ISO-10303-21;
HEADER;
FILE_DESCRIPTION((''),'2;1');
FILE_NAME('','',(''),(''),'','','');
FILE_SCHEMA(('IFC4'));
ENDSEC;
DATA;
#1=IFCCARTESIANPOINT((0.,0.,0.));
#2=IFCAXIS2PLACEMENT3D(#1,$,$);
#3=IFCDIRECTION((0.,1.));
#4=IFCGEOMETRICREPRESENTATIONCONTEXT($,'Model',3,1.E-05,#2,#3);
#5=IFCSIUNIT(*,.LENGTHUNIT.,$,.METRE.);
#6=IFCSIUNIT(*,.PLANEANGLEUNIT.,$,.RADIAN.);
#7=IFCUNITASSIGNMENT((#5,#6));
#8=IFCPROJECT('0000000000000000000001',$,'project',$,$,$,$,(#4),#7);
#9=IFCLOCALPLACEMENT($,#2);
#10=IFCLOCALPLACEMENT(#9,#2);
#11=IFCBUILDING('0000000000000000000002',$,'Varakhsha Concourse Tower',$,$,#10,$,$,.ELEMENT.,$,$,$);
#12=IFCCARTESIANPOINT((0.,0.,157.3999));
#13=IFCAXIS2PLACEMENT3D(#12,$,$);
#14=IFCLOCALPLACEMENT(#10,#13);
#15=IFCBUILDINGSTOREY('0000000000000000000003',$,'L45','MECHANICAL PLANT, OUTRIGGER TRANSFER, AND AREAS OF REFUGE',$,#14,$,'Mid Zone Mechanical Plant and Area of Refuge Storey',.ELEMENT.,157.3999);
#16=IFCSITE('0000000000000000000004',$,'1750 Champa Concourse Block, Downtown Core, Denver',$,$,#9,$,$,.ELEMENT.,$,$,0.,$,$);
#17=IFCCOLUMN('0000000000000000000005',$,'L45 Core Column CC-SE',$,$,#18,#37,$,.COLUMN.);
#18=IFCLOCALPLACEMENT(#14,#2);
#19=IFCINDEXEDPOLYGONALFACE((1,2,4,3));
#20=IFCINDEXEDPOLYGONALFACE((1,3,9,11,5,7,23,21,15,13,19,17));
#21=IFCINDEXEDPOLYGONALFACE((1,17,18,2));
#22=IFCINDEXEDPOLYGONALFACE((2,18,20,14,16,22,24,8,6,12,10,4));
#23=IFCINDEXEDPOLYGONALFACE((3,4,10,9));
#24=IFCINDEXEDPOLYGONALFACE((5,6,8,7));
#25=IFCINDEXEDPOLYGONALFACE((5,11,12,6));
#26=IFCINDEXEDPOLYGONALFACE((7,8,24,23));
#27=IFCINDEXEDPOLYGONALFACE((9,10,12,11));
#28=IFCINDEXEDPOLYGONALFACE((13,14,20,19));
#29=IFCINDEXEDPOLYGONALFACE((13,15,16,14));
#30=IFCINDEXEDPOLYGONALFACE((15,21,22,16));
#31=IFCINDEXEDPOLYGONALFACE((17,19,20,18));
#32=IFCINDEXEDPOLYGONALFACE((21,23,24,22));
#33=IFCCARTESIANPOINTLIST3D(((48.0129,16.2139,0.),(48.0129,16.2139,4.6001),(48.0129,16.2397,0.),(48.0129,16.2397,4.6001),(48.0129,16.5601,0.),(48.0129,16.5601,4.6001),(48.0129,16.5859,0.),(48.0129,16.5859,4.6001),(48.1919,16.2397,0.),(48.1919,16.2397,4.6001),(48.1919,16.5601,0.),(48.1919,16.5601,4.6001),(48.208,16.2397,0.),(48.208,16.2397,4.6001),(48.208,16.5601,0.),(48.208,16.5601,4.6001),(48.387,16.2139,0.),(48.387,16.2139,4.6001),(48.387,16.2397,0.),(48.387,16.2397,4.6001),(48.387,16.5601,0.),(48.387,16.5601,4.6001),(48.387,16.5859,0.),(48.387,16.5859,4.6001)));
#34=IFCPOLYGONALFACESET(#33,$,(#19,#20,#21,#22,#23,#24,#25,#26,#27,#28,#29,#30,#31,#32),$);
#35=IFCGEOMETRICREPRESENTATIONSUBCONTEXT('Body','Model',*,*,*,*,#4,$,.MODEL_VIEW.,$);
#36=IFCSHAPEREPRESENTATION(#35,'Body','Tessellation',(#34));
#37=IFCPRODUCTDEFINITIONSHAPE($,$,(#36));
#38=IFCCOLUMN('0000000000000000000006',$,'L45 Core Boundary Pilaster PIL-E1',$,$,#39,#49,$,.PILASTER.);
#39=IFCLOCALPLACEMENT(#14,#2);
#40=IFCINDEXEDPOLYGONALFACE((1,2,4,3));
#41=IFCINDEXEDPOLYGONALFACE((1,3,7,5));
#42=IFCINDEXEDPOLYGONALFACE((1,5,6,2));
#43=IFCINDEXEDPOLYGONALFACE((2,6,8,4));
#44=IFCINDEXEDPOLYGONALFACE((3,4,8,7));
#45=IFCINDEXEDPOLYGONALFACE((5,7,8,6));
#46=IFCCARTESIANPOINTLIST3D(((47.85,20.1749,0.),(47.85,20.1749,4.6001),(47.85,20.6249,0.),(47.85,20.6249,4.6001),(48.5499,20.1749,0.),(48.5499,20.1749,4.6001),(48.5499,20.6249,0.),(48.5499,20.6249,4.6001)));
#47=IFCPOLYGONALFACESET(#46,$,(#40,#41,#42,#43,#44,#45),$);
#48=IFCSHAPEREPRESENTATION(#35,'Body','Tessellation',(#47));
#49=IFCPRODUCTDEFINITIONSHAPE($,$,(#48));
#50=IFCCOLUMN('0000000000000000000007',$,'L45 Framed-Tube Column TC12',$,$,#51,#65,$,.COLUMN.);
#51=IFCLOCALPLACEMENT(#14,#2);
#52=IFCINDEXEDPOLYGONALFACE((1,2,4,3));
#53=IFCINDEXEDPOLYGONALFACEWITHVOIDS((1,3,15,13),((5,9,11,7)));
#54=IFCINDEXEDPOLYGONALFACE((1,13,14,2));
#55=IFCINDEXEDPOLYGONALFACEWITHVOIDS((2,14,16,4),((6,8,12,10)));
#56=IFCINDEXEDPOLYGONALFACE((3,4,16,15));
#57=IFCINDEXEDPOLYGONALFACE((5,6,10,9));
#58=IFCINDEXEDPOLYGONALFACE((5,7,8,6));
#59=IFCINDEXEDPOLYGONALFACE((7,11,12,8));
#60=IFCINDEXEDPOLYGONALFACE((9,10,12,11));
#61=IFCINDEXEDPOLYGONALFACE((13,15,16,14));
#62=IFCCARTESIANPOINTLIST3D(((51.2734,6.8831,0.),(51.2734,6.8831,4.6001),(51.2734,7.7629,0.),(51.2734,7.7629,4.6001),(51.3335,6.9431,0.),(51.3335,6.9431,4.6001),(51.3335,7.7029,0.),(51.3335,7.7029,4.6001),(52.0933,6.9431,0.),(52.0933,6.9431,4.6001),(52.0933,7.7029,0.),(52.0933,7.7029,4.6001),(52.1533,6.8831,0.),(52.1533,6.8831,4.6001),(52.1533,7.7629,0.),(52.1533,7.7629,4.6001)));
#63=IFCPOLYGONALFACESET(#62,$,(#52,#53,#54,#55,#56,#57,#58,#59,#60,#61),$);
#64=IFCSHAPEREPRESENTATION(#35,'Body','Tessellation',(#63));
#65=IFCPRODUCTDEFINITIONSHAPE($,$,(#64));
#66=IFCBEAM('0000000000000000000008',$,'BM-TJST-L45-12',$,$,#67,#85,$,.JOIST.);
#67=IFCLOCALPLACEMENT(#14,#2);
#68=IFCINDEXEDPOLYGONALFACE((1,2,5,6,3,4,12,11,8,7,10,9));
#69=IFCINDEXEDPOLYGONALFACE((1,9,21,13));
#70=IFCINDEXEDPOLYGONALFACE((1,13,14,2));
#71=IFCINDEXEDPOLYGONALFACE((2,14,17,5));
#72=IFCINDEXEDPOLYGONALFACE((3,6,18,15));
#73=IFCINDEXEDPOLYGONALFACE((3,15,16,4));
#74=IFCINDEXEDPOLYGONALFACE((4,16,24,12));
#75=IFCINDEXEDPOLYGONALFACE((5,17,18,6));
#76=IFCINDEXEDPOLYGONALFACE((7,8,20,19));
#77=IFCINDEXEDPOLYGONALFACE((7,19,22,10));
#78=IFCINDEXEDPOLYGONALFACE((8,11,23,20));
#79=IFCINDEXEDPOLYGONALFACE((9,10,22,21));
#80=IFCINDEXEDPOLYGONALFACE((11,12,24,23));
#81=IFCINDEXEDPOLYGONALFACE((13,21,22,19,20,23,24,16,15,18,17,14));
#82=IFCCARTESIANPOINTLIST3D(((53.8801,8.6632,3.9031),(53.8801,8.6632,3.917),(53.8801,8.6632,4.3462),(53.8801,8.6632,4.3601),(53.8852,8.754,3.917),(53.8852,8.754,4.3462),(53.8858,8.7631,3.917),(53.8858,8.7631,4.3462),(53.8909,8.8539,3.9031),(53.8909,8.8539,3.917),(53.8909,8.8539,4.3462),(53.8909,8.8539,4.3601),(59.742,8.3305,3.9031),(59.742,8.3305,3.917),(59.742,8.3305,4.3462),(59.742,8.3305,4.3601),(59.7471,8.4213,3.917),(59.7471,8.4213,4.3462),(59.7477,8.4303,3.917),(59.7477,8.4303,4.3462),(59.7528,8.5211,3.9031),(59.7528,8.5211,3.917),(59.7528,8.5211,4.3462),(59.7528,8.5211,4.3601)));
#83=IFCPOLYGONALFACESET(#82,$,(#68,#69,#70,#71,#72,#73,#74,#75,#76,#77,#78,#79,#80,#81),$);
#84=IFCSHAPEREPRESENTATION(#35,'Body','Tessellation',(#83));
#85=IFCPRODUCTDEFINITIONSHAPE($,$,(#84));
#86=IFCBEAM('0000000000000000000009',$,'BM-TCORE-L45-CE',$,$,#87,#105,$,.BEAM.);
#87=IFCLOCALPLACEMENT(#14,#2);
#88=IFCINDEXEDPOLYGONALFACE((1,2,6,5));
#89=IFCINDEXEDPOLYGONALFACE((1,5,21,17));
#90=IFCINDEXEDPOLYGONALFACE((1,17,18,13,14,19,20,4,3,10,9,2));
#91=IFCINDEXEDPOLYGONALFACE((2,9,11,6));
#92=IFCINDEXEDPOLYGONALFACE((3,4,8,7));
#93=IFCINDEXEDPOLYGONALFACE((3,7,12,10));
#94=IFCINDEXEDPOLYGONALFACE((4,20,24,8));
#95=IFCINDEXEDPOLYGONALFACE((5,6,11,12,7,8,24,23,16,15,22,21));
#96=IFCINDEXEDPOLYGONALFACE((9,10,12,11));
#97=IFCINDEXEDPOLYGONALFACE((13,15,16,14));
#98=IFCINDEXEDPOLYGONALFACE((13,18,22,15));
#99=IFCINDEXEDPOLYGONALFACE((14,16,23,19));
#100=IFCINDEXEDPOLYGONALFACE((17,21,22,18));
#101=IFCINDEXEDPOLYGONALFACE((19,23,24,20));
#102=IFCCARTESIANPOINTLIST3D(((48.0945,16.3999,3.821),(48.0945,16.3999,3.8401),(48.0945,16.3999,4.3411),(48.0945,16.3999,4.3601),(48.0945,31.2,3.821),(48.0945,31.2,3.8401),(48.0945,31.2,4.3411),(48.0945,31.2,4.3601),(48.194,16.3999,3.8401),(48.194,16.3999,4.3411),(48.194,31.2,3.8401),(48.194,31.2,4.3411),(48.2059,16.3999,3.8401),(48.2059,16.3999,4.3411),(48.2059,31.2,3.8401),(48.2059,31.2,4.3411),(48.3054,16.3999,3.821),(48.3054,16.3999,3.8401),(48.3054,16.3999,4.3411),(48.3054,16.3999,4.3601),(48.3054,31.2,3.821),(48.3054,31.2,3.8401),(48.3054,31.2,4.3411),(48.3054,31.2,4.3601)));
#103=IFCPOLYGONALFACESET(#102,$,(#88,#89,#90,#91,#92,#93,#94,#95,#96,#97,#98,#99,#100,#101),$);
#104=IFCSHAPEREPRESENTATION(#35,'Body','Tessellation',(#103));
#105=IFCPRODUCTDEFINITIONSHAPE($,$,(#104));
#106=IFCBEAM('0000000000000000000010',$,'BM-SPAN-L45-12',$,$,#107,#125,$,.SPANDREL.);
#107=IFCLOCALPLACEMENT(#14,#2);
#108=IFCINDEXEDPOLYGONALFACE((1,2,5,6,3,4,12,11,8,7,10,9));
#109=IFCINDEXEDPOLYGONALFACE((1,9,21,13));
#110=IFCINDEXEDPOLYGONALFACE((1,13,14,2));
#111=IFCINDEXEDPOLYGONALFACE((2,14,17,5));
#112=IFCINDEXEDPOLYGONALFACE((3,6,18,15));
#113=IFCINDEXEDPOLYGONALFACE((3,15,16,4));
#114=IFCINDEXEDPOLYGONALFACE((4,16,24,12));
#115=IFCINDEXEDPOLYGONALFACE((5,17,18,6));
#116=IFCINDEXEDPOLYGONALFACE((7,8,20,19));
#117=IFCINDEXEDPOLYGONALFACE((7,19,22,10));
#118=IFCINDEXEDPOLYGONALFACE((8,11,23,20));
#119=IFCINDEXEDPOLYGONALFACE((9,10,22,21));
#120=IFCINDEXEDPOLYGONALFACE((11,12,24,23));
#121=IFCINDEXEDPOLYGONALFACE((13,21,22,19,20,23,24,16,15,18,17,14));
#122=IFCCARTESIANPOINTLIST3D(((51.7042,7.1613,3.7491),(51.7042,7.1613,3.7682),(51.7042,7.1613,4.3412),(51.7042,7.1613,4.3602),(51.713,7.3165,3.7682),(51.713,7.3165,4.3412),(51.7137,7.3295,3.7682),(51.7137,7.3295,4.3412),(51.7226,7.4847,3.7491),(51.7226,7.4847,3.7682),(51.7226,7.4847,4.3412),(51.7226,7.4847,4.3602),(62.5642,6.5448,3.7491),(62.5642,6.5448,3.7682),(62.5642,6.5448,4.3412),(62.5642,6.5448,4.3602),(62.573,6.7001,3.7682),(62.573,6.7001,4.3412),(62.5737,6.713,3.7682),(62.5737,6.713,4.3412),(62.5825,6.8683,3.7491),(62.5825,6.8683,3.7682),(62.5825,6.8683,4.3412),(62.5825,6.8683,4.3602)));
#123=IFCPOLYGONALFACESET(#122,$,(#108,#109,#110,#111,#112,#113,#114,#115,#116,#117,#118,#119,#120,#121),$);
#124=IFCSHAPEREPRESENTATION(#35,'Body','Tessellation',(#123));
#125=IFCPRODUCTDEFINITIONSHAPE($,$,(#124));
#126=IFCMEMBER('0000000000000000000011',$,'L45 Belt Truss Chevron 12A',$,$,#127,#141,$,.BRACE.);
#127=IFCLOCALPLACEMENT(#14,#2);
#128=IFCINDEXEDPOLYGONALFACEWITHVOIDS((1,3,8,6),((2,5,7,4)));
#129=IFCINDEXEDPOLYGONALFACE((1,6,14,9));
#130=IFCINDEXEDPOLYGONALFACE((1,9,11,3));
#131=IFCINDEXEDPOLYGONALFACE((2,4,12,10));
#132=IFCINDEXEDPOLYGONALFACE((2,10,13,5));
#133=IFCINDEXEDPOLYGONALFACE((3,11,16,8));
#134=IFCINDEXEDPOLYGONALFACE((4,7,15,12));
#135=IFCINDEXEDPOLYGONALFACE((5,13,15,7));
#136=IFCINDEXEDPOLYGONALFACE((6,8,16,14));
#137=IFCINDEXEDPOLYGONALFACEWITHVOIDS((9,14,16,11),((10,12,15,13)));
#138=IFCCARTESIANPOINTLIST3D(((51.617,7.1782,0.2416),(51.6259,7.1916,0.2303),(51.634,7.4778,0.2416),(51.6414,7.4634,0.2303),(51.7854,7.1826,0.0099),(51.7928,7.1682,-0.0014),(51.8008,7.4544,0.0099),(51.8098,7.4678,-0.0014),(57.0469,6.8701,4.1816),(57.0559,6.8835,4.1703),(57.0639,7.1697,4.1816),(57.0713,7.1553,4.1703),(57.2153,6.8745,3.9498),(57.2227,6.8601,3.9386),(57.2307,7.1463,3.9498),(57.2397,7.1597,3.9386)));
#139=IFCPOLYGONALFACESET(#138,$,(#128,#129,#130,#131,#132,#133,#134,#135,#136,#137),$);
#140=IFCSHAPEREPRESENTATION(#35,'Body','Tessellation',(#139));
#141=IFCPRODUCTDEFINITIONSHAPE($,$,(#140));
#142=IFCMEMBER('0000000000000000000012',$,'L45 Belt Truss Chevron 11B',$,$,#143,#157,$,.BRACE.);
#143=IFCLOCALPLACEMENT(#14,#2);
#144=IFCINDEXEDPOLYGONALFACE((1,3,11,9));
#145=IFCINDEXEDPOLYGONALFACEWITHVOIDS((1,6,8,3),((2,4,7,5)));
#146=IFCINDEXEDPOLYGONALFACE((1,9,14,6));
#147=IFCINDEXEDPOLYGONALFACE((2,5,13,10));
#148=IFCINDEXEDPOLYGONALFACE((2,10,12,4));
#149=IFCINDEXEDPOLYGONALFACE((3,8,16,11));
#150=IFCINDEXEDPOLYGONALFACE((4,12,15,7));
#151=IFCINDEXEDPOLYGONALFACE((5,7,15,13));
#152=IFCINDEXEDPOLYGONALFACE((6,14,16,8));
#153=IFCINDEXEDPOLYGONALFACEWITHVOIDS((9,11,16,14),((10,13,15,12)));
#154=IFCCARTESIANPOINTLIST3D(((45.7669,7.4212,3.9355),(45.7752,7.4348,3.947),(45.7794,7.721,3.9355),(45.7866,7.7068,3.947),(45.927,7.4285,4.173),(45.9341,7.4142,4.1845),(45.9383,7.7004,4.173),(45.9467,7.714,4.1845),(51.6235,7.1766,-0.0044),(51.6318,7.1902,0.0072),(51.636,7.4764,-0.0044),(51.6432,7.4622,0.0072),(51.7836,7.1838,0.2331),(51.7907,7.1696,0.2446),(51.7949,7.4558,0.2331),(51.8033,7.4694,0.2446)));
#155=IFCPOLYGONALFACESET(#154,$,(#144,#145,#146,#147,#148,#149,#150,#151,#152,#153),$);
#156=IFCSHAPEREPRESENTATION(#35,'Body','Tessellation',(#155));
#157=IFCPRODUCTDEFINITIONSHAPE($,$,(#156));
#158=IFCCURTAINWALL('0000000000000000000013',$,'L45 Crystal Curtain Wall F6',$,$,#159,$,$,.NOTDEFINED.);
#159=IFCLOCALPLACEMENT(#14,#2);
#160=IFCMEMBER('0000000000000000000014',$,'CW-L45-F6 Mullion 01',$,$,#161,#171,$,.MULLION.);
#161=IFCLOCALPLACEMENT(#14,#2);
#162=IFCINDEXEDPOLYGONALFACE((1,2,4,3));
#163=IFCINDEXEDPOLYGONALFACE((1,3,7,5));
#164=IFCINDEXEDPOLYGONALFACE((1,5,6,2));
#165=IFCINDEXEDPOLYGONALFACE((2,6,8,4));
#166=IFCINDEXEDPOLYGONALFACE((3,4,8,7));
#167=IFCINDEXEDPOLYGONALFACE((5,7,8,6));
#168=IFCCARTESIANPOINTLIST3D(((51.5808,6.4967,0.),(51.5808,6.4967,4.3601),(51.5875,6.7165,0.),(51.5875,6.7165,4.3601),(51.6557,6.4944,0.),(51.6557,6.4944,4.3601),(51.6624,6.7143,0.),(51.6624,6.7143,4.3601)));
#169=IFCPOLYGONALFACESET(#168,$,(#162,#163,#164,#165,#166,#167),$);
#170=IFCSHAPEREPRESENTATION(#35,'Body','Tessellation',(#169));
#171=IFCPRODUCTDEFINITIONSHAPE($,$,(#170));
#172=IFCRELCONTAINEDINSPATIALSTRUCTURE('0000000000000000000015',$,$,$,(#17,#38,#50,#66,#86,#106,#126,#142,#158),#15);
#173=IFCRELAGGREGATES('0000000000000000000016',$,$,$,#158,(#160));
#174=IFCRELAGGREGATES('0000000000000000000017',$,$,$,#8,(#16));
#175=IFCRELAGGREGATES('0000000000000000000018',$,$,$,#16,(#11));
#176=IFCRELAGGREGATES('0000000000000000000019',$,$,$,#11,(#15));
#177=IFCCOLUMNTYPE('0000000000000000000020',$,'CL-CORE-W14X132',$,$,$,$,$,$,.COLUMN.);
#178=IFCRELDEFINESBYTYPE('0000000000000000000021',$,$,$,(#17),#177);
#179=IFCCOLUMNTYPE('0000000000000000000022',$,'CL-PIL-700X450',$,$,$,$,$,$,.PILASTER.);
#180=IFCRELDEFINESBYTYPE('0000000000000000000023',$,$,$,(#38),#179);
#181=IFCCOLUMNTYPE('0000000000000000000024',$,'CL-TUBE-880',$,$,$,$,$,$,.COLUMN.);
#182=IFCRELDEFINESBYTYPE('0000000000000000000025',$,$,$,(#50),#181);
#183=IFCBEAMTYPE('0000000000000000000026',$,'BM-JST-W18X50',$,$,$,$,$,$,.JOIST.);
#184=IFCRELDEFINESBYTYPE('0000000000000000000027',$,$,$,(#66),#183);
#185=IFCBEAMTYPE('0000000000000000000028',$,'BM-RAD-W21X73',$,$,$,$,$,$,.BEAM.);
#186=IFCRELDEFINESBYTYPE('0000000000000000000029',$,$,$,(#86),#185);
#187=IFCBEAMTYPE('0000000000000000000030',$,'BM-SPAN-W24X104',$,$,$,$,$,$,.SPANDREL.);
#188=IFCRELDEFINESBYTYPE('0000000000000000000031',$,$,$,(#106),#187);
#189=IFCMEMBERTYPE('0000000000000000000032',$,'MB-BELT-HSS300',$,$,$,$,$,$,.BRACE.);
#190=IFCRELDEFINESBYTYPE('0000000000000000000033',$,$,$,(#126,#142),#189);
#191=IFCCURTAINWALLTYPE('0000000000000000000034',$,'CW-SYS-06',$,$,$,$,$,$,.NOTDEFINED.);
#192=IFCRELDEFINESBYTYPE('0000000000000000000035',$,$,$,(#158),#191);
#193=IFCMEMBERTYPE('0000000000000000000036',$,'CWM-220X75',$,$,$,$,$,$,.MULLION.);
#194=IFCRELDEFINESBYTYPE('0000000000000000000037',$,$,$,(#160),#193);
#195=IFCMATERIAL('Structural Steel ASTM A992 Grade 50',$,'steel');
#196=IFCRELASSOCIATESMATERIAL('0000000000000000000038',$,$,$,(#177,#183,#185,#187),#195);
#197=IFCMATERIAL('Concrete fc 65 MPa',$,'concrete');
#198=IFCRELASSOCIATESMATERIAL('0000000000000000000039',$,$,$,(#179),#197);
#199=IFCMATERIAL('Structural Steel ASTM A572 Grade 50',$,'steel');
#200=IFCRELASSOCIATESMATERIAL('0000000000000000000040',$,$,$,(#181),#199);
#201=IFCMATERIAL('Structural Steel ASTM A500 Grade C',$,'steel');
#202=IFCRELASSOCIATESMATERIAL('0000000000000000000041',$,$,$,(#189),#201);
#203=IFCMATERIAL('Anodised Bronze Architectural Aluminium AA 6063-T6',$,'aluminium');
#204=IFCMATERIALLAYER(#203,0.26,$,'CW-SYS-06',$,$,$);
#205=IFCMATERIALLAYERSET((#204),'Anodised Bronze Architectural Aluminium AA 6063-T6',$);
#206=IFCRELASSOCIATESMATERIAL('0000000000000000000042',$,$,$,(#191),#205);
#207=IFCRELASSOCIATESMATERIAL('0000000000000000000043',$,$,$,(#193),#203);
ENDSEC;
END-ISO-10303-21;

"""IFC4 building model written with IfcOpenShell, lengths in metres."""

from ifc_helpers import new_model, si_unit, direction, frame, origin, origin_2d, place, context, subcontext, project, spatial, rectangle, hollow_rectangle, i_section, extrude, source, transform, mapped, material, layer, layer_set, material_profile, profile_set, type_object, type_shapes, element, aggregate, save


model = new_model("IFC4")

# Units and contexts
model_context = context("Model", 3, precision=1e-05, world=origin(), true_north=direction((0.0, 1.0)))
body_context = subcontext(model_context, "Body", "Model", "MODEL_VIEW")
ifc_project = project(units=[si_unit("LENGTHUNIT", "METRE"), si_unit("PLANEANGLEUNIT", "RADIAN")], contexts=[model_context])

# Site, building, storey
site_placement = place(None, origin())
site = spatial("IfcSite", under=ifc_project, at=site_placement, Name="1750 Champa Concourse Block, Downtown Core, Denver", CompositionType="ELEMENT", RefElevation=0.0)
building_placement = place(site_placement, origin())
building = spatial("IfcBuilding", under=site, at=building_placement, Name="Varakhsha Concourse Tower", CompositionType="ELEMENT")
storey_placement = place(building_placement, frame((0.0, 0.0, 157.3999)))
storey = spatial("IfcBuildingStorey", under=building, at=storey_placement, Name="L45", Description="MECHANICAL PLANT, OUTRIGGER TRANSFER, AND AREAS OF REFUGE", LongName="Mid Zone Mechanical Plant and Area of Refuge Storey", CompositionType="ELEMENT", Elevation=157.3999)

# Columns
ifc_material_1 = material(Name="Structural Steel ASTM A992 Grade 50", Category="steel")
ifc_material_profile_1 = material_profile(ifc_material_1, i_section(OverallWidth=0.374, OverallDepth=0.3721, WebThickness=0.0161, FlangeThickness=0.0259, at=origin_2d()), Name="W14X132")
ifc_profile_set_1 = profile_set([ifc_material_profile_1], Name="Structural Steel ASTM A992 Grade 50")
column_type_1 = type_object("IfcColumnType", Name="CL-CORE-W14X132", PredefinedType="COLUMN", material=ifc_profile_set_1)
column_1_placement = place(storey_placement, frame((48.2, 16.3999, 0.0), z_axis=(0.0, 0.0, 1.0), x_axis=(1.0, 0.0, 0.0)))
element("IfcColumn", 1, at=column_1_placement, inside=storey, type_object=column_type_1, Name="L45 Core Column CC-SE", PredefinedType="COLUMN", context=body_context, shape_type="SweptSolid", body=[
    extrude(i_section(OverallWidth=0.374, OverallDepth=0.3721, WebThickness=0.0161, FlangeThickness=0.0259, at=origin_2d()), origin(), (0.0, 0.0, 1.0), 4.6001),
])
ifc_material_2 = material(Name="Concrete fc 65 MPa", Category="concrete")
ifc_material_profile_2 = material_profile(ifc_material_2, rectangle(XDim=0.7, YDim=0.45, at=origin_2d()), Name="RC 700x450")
ifc_profile_set_2 = profile_set([ifc_material_profile_2], Name="Concrete fc 65 MPa")
column_type_2 = type_object("IfcColumnType", Name="CL-PIL-700X450", PredefinedType="PILASTER", material=ifc_profile_set_2)
column_2_placement = place(storey_placement, frame((48.2, 20.3999, 0.0), z_axis=(0.0, 0.0, 1.0), x_axis=(1.0, 0.0, 0.0)))
element("IfcColumn", 2, at=column_2_placement, inside=storey, type_object=column_type_2, Name="L45 Core Boundary Pilaster PIL-E1", PredefinedType="PILASTER", context=body_context, shape_type="SweptSolid", body=[
    extrude(rectangle(XDim=0.7, YDim=0.45, at=origin_2d()), origin(), (0.0, 0.0, 1.0), 4.6001),
])
ifc_material_3 = material(Name="Structural Steel ASTM A572 Grade 50", Category="steel")
ifc_material_profile_3 = material_profile(ifc_material_3, hollow_rectangle(XDim=0.8799, YDim=0.8799, WallThickness=0.0601, at=origin_2d()), Name="BOX 880x880x60")
ifc_profile_set_3 = profile_set([ifc_material_profile_3], Name="Structural Steel ASTM A572 Grade 50")
column_type_3 = type_object("IfcColumnType", Name="CL-TUBE-880", PredefinedType="COLUMN", material=ifc_profile_set_3)
column_3_placement = place(storey_placement, frame((51.7134, 7.323, 0.0), z_axis=(0.0, 0.0, 1.0), x_axis=(1.0, 0.0, 0.0)))
element("IfcColumn", 3, at=column_3_placement, inside=storey, type_object=column_type_3, Name="L45 Framed-Tube Column TC12", PredefinedType="COLUMN", context=body_context, shape_type="SweptSolid", body=[
    extrude(hollow_rectangle(XDim=0.8799, YDim=0.8799, WallThickness=0.0601, at=origin_2d()), origin(), (0.0, 0.0, 1.0), 4.6001),
])

# Beams
ifc_material_profile_4 = material_profile(ifc_material_1, i_section(OverallWidth=0.1909, OverallDepth=0.457, WebThickness=0.009, FlangeThickness=0.0139, at=origin_2d()), Name="W18X50")
ifc_profile_set_4 = profile_set([ifc_material_profile_4], Name="Structural Steel ASTM A992 Grade 50")
beam_type_1 = type_object("IfcBeamType", Name="BM-JST-W18X50", PredefinedType="JOIST", material=ifc_profile_set_4)
beam_1_placement = place(storey_placement, frame((53.8855, 8.7585, 4.1316), z_axis=(0.998393, -0.056677, 0.0), x_axis=(0.056677, 0.998393, 0.0)))
element("IfcBeam", 4, at=beam_1_placement, inside=storey, type_object=beam_type_1, Name="BM-TJST-L45-12", PredefinedType="JOIST", context=body_context, shape_type="SweptSolid", body=[
    extrude(i_section(OverallWidth=0.1909, OverallDepth=0.457, WebThickness=0.009, FlangeThickness=0.0139, at=origin_2d()), origin(), (0.0, 0.0, 1.0), 5.8713),
])
ifc_material_profile_5 = material_profile(ifc_material_1, i_section(OverallWidth=0.2109, OverallDepth=0.5391, WebThickness=0.012, FlangeThickness=0.019, at=origin_2d()), Name="W21X73")
ifc_profile_set_5 = profile_set([ifc_material_profile_5], Name="Structural Steel ASTM A992 Grade 50")
beam_type_2 = type_object("IfcBeamType", Name="BM-RAD-W21X73", PredefinedType="BEAM", material=ifc_profile_set_5)
beam_2_placement = place(storey_placement, frame((48.2, 16.3999, 4.0906), z_axis=(0.0, 1.0, 0.0), x_axis=(-1.0, 0.0, 0.0)))
element("IfcBeam", 5, at=beam_2_placement, inside=storey, type_object=beam_type_2, Name="BM-TCORE-L45-CE", PredefinedType="BEAM", context=body_context, shape_type="SweptSolid", body=[
    extrude(i_section(OverallWidth=0.2109, OverallDepth=0.5391, WebThickness=0.012, FlangeThickness=0.019, at=origin_2d()), origin(), (0.0, 0.0, 1.0), 14.8),
])
ifc_material_profile_6 = material_profile(ifc_material_1, i_section(OverallWidth=0.324, OverallDepth=0.6111, WebThickness=0.0129, FlangeThickness=0.019, at=origin_2d()), Name="W24X104")
ifc_profile_set_6 = profile_set([ifc_material_profile_6], Name="Structural Steel ASTM A992 Grade 50")
beam_type_3 = type_object("IfcBeamType", Name="BM-SPAN-W24X104", PredefinedType="SPANDREL", material=ifc_profile_set_6)
beam_3_placement = place(storey_placement, frame((51.7134, 7.323, 4.0547), z_axis=(0.998393, -0.056673, 0.0), x_axis=(0.056673, 0.998393, 0.0)))
element("IfcBeam", 6, at=beam_3_placement, inside=storey, type_object=beam_type_3, Name="BM-SPAN-L45-12", PredefinedType="SPANDREL", context=body_context, shape_type="SweptSolid", body=[
    extrude(i_section(OverallWidth=0.324, OverallDepth=0.6111, WebThickness=0.0129, FlangeThickness=0.019, at=origin_2d()), origin(), (0.0, 0.0, 1.0), 10.8774),
])

# Members
ifc_material_4 = material(Name="Structural Steel ASTM A500 Grade C", Category="steel")
ifc_material_profile_7 = material_profile(ifc_material_4, hollow_rectangle(XDim=0.3, YDim=0.3, WallThickness=0.0139, at=origin_2d()), Name="HSS 300x300x14")
ifc_profile_set_7 = profile_set([ifc_material_profile_7], Name="Structural Steel ASTM A500 Grade C")
member_type_1 = type_object("IfcMemberType", Name="MB-BELT-HSS300", PredefinedType="BRACE", material=ifc_profile_set_7)
shared_shape_1 = source(origin(), body_context, "Body", "SweptSolid", [
    extrude(hollow_rectangle(XDim=0.3, YDim=0.3, WallThickness=0.0139, at=origin_2d()), origin(), (0.0, 0.0, 1.0), 6.7158),
])
member_1_placement = place(storey_placement, frame((51.7134, 7.323, 0.1201), z_axis=(0.808529, -0.045878, 0.586666), x_axis=(0.056651, 0.998394, 0.0)))
element("IfcMember", 7, at=member_1_placement, inside=storey, type_object=member_type_1, Name="L45 Belt Truss Chevron 12A", PredefinedType="BRACE", context=body_context, shape_type="MappedRepresentation", body=[
    mapped(shared_shape_1, transform((0.0, 0.0, 0.0), scale=1.0)),
])
shared_shape_2 = source(origin(), body_context, "Body", "SweptSolid", [
    extrude(hollow_rectangle(XDim=0.3, YDim=0.3, WallThickness=0.0139, at=origin_2d()), origin(), (0.0, 0.0, 1.0), 7.0627),
])
type_shapes(member_type_1, [shared_shape_1, shared_shape_2])
member_2_placement = place(storey_placement, frame((51.7134, 7.323, 0.1201), z_axis=(-0.829225, 0.034636, 0.55784), x_axis=(-0.041733, -0.999129, 0.0)))
element("IfcMember", 8, at=member_2_placement, inside=storey, type_object=member_type_1, Name="L45 Belt Truss Chevron 11B", PredefinedType="BRACE", context=body_context, shape_type="MappedRepresentation", body=[
    mapped(shared_shape_2, transform((0.0, 0.0, 0.0), scale=1.0)),
])

# Curtain wall, member
ifc_material_5 = material(Name="Anodised Bronze Architectural Aluminium AA 6063-T6", Category="aluminium")
ifc_layer_1 = layer(ifc_material_5, 0.26, Name="CW-SYS-06")
ifc_layer_set_1 = layer_set([ifc_layer_1], Name="Anodised Bronze Architectural Aluminium AA 6063-T6")
curtain_wall_type = type_object("IfcCurtainWallType", Name="CW-SYS-06", PredefinedType="NOTDEFINED", material=ifc_layer_set_1)
curtain_wall_placement = place(storey_placement, origin())
curtain_wall = element("IfcCurtainWall", 9, at=curtain_wall_placement, inside=storey, type_object=curtain_wall_type, Name="L45 Crystal Curtain Wall F6", PredefinedType="NOTDEFINED")
ifc_material_profile_8 = material_profile(ifc_material_5, rectangle(XDim=0.075, YDim=0.22, at=origin_2d()), Name="CWM-220X75")
ifc_profile_set_8 = profile_set([ifc_material_profile_8], Name="Anodised Bronze Architectural Aluminium AA 6063-T6")
member_type_2 = type_object("IfcMemberType", Name="CWM-220X75", PredefinedType="MULLION", material=ifc_profile_set_8)
shared_shape_3 = source(origin(), body_context, "Body", "SweptSolid", [
    extrude(rectangle(XDim=0.075, YDim=0.22, at=origin_2d()), origin(), (0.0, 0.0, 1.0), 4.3601),
])
type_shapes(member_type_2, [shared_shape_3])
member_3_placement = place(storey_placement, frame((51.6216, 6.6055, 0.0), z_axis=(0.0, 0.0, 1.0), x_axis=(-0.999534, 0.030523, 0.0)))
member_3 = element("IfcMember", 10, at=member_3_placement, type_object=member_type_2, Name="CW-L45-F6 Mullion 01", PredefinedType="MULLION", context=body_context, shape_type="MappedRepresentation", body=[
    mapped(shared_shape_3, transform((0.0, 0.0, 0.0), scale=1.0)),
])
aggregate(curtain_wall, [member_3])

save(model, "model.ifc")
